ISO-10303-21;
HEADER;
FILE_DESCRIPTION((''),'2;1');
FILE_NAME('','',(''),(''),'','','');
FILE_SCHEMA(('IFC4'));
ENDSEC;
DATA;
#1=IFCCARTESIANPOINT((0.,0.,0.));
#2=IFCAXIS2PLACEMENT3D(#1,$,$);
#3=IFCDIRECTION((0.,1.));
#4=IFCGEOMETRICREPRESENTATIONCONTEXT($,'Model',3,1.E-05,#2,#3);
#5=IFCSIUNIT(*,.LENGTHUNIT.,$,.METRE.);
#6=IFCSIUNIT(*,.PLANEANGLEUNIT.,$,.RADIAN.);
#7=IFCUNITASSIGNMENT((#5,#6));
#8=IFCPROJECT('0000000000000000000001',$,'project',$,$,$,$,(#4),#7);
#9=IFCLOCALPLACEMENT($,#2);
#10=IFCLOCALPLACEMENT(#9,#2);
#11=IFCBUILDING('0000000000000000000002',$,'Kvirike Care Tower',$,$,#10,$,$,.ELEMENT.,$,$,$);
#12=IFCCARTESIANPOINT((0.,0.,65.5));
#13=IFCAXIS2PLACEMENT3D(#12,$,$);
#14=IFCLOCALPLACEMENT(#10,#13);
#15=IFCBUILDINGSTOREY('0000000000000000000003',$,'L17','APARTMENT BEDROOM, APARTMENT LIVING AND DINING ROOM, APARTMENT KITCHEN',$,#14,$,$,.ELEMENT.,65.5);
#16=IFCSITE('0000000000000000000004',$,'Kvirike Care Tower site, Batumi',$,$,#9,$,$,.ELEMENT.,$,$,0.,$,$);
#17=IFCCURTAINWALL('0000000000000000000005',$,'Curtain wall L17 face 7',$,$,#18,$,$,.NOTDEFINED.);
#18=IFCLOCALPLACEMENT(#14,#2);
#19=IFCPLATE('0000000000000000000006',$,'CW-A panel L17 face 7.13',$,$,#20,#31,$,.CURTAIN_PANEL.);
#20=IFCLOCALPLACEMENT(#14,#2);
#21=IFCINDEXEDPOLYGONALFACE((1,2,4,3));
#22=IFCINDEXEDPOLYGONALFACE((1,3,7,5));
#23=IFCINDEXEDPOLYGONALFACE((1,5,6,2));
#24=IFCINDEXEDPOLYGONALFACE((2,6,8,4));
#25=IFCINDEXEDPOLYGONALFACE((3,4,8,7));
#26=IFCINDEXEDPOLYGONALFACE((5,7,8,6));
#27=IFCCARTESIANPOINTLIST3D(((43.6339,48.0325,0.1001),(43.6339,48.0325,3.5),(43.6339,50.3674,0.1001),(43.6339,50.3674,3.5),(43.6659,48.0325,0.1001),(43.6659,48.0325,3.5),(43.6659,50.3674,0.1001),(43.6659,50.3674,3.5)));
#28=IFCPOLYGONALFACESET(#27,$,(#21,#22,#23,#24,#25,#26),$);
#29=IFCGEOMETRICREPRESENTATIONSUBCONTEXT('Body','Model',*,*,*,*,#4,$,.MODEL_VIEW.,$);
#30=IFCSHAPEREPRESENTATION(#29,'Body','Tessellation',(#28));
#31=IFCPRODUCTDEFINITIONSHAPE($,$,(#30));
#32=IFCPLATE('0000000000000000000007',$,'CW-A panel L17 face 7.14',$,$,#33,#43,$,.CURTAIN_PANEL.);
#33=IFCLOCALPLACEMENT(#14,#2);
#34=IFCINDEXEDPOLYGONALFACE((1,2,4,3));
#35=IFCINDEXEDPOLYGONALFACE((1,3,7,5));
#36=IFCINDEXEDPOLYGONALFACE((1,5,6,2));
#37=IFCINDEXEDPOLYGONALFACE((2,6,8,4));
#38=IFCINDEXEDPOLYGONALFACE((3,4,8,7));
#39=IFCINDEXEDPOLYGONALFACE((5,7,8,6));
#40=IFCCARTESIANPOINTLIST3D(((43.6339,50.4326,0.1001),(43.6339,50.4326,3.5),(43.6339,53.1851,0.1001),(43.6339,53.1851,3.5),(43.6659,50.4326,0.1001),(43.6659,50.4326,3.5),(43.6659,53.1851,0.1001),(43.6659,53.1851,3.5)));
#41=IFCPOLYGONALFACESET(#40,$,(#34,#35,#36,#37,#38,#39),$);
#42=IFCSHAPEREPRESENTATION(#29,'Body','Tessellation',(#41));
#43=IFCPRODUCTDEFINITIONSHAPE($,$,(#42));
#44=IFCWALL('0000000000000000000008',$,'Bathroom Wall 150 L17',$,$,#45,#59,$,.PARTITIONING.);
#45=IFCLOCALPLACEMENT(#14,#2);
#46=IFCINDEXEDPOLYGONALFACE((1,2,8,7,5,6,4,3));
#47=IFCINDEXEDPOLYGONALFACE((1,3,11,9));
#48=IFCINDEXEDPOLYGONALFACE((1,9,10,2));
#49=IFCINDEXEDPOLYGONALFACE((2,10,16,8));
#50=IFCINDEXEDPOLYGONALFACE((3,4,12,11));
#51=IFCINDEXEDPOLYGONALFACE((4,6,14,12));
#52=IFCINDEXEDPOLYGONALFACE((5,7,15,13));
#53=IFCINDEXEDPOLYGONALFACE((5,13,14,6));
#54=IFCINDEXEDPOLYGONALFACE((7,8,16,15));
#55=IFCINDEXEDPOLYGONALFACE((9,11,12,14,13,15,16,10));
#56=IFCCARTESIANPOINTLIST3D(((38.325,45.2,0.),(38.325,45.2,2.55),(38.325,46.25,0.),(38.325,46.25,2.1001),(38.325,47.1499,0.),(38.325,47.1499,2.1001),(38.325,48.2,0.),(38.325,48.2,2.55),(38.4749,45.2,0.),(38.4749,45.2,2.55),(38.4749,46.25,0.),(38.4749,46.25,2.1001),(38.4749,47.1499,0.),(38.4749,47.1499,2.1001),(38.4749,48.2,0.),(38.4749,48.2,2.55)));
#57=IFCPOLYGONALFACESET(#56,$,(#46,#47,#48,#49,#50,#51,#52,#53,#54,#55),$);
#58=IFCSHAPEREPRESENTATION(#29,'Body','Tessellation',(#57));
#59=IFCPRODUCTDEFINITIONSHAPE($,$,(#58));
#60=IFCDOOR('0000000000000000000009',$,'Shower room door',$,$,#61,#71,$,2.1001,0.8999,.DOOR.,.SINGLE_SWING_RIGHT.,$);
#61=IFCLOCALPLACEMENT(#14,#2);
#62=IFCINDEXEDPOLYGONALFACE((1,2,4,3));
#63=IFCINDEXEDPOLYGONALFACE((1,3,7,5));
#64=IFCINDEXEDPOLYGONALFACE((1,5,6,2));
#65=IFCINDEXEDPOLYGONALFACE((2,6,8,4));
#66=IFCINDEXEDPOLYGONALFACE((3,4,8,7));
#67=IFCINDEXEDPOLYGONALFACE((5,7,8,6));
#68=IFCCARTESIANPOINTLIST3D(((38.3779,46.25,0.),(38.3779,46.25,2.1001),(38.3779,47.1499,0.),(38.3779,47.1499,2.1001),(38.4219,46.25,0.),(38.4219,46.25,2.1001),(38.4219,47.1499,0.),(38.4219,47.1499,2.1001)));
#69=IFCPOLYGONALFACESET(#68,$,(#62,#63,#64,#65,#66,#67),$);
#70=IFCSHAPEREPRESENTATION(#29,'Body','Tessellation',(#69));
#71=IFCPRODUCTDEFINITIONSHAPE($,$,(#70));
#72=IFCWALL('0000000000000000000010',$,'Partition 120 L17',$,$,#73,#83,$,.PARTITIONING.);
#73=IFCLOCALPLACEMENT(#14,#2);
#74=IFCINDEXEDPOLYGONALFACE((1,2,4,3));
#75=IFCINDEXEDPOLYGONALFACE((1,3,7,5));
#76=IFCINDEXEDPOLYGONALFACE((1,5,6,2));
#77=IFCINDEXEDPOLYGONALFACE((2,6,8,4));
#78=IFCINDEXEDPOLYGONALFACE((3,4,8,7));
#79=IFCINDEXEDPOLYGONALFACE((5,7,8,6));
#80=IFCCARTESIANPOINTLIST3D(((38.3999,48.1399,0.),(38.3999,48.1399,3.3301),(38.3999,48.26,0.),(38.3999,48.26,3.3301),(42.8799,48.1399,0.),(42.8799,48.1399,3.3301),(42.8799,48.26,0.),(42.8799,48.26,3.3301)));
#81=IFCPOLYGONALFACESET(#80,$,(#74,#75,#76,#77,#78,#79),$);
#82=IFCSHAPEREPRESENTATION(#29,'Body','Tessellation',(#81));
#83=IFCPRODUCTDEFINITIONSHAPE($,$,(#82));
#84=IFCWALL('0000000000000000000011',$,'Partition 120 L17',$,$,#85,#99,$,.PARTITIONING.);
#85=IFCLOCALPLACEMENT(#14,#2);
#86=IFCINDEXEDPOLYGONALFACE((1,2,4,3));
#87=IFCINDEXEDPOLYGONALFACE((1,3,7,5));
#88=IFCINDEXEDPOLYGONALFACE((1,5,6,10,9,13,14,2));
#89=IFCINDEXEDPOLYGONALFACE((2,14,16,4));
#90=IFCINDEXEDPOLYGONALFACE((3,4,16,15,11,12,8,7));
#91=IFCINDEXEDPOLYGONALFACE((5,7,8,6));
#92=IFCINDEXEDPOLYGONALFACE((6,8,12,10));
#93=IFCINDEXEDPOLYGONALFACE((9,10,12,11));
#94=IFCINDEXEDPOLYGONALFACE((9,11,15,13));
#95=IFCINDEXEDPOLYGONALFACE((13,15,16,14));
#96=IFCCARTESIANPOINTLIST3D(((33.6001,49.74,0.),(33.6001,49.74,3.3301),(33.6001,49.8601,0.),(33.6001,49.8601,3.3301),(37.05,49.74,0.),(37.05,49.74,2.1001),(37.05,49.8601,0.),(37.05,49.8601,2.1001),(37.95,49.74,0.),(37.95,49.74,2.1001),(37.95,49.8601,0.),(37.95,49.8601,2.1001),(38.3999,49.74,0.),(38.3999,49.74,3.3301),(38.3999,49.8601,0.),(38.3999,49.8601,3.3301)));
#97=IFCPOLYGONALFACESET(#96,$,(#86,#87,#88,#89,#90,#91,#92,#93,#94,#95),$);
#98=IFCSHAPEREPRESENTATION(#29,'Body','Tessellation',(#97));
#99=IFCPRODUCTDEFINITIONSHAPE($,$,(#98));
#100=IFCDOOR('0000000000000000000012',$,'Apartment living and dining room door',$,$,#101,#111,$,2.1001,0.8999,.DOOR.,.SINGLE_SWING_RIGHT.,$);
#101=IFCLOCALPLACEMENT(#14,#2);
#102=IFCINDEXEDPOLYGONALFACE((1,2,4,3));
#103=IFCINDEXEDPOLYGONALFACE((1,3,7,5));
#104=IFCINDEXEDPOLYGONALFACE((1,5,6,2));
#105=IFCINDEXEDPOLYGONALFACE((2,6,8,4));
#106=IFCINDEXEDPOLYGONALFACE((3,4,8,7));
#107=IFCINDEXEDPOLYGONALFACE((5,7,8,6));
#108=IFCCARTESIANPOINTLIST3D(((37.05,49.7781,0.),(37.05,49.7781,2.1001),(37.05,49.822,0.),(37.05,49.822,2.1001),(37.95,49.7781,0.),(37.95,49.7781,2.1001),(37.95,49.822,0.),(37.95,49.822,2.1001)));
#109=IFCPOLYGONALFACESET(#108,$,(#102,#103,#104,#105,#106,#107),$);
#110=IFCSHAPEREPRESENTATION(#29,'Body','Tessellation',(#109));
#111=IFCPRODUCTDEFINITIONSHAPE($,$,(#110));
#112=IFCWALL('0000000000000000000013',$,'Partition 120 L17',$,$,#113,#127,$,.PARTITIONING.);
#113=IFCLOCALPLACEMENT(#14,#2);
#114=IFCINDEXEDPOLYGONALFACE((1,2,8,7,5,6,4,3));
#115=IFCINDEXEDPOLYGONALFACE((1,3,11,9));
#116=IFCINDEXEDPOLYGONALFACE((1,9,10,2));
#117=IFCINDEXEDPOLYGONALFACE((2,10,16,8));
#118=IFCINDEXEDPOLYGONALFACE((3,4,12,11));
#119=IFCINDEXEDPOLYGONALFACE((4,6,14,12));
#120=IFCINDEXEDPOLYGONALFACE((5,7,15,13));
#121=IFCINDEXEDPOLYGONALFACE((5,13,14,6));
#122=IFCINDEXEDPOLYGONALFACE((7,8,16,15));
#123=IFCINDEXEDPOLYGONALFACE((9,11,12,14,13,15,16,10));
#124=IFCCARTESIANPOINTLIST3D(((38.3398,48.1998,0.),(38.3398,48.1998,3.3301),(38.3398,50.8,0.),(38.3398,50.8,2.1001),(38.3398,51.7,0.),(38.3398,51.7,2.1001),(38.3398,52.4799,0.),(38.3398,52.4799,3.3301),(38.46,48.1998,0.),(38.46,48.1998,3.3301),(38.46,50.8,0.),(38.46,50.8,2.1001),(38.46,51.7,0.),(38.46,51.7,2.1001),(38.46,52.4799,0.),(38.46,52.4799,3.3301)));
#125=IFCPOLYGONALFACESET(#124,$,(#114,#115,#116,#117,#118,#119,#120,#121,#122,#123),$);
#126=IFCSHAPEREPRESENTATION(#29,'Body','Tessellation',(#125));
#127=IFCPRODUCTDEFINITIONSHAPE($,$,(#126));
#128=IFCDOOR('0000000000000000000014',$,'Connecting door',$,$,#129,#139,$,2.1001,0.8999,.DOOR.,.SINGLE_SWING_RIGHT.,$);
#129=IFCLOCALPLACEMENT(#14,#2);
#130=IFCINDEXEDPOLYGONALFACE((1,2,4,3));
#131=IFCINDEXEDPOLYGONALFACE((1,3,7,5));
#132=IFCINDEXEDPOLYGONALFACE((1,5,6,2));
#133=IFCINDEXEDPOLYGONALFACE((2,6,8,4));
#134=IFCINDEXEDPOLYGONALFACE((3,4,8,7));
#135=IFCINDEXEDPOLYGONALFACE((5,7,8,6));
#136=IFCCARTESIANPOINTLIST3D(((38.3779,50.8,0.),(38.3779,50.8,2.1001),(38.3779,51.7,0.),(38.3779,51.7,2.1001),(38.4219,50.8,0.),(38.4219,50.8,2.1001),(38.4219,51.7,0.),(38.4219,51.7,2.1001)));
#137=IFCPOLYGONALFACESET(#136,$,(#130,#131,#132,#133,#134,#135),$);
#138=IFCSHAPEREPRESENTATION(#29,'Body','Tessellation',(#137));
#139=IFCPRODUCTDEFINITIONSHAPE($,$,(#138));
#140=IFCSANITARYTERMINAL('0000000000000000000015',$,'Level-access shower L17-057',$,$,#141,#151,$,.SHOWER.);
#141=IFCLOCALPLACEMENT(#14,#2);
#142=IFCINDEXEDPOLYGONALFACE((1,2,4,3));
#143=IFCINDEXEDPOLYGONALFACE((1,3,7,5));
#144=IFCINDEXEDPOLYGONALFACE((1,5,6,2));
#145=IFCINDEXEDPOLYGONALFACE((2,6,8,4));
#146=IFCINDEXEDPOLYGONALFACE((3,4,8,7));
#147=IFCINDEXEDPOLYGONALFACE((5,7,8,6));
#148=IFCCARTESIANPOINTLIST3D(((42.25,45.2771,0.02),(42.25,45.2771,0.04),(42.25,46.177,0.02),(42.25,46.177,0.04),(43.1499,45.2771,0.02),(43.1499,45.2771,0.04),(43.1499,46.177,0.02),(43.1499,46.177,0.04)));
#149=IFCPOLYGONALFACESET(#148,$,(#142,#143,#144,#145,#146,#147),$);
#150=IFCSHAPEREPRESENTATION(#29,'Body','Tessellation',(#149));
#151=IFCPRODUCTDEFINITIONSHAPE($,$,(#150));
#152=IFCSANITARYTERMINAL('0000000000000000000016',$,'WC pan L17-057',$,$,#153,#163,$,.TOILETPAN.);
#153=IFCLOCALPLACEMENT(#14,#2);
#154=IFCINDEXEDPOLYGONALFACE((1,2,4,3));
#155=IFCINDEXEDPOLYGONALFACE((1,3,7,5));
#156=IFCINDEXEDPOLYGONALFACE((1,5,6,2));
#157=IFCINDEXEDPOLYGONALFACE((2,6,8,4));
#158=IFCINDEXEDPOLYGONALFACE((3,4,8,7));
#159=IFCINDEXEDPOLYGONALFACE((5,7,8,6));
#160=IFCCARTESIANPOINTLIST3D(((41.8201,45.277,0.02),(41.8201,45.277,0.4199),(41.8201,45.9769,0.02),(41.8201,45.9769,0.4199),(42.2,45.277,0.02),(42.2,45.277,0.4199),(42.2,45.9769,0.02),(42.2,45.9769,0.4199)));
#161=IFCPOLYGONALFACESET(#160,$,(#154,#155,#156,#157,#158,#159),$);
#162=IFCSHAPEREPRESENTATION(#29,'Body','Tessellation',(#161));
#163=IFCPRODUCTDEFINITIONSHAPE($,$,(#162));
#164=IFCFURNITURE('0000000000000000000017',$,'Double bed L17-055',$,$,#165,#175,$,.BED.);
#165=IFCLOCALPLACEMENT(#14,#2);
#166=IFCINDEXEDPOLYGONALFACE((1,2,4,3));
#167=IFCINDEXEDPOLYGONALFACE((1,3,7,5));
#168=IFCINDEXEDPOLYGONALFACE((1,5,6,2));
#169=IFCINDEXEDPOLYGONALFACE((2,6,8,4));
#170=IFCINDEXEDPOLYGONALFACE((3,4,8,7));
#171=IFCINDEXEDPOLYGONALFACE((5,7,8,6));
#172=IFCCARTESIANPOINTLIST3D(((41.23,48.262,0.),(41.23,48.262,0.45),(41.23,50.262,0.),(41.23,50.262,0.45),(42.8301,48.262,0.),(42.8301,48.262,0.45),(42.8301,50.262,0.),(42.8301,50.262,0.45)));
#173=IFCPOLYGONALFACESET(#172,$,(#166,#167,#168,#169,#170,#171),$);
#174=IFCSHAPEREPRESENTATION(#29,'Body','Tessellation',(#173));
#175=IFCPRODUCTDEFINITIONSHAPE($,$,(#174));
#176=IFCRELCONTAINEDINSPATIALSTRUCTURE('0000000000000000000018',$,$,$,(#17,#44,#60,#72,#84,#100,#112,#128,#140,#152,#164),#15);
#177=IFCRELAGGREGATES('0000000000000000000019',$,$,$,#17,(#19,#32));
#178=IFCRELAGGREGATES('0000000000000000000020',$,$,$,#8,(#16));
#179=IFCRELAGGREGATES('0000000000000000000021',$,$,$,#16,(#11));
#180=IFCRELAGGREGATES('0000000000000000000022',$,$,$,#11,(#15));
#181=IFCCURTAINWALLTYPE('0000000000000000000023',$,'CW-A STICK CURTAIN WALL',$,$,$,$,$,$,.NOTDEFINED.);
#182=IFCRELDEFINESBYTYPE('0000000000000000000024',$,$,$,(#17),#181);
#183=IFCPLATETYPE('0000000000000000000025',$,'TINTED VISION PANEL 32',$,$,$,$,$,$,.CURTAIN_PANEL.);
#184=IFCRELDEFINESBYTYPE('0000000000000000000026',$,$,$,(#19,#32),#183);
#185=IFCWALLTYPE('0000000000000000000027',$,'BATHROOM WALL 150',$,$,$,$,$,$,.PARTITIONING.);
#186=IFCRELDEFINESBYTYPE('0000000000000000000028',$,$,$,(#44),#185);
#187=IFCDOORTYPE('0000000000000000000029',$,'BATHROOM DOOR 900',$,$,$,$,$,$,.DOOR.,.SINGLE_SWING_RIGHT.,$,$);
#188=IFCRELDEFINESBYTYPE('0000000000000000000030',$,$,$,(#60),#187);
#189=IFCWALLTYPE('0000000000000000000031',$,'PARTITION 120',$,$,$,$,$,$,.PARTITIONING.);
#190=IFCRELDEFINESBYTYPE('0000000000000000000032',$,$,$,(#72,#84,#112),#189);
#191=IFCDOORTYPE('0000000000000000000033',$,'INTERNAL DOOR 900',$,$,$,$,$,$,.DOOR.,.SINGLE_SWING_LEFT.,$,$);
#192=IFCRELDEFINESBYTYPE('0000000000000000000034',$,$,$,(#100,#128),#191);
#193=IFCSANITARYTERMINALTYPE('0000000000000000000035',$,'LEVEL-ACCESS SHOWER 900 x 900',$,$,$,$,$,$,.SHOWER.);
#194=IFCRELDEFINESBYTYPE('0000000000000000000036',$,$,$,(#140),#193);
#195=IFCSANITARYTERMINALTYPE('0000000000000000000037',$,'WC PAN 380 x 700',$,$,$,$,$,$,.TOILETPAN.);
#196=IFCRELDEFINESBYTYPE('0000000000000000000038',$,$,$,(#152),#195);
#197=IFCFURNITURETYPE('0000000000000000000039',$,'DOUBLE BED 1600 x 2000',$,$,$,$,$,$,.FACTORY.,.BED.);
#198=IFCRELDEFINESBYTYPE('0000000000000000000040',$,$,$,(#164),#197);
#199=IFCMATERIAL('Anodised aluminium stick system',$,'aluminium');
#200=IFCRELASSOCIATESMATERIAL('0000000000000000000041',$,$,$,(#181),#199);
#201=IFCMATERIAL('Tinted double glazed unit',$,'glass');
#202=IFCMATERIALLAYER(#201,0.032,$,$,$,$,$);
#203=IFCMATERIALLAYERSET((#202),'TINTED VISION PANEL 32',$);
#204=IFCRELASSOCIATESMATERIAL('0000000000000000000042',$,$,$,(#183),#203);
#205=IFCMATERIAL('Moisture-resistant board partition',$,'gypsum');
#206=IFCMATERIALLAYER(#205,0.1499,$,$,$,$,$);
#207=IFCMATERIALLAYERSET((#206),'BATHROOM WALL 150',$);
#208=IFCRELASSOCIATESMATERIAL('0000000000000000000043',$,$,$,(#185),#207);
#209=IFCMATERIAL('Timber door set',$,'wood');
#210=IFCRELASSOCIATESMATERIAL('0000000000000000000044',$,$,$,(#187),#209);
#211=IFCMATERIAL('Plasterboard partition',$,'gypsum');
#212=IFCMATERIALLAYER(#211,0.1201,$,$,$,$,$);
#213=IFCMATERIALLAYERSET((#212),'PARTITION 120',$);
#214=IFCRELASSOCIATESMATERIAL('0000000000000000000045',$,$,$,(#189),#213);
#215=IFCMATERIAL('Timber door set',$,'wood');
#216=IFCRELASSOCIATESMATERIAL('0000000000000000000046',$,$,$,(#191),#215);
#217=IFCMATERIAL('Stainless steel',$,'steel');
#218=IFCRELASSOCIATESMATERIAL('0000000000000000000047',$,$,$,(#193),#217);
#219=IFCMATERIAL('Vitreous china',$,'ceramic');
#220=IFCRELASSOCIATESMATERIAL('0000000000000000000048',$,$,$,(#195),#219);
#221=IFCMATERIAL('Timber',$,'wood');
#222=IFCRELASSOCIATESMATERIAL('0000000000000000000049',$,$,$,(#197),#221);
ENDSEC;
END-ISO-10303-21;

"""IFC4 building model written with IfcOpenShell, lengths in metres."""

from ifc_helpers import new_model, si_unit, direction, frame, frame_2d, origin, origin_2d, place, context, subcontext, project, spatial, rectangle, extrude, material, layer, layer_set, type_object, element, fill, aggregate, save


model = new_model("IFC4")

# Units and contexts
model_context = context("Model", 3, precision=1e-05, world=origin(), true_north=direction((0.0, 1.0)))
body_context = subcontext(model_context, "Body", "Model", "MODEL_VIEW")
ifc_project = project(units=[si_unit("LENGTHUNIT", "METRE"), si_unit("PLANEANGLEUNIT", "RADIAN")], contexts=[model_context])

# Site, building, storey
site_placement = place(None, origin())
site = spatial("IfcSite", under=ifc_project, at=site_placement, Name="Kvirike Care Tower site, Batumi", CompositionType="ELEMENT", RefElevation=0.0)
building_placement = place(site_placement, origin())
building = spatial("IfcBuilding", under=site, at=building_placement, Name="Kvirike Care Tower", CompositionType="ELEMENT")
storey_placement = place(building_placement, frame((0.0, 0.0, 65.5)))
storey = spatial("IfcBuildingStorey", under=building, at=storey_placement, Name="L17", Description="APARTMENT BEDROOM, APARTMENT LIVING AND DINING ROOM, APARTMENT KITCHEN", CompositionType="ELEMENT", Elevation=65.5)

# Curtain wall
ifc_material_1 = material(Name="Anodised aluminium stick system", Category="aluminium")
curtain_wall_type = type_object("IfcCurtainWallType", Name="CW-A STICK CURTAIN WALL", PredefinedType="NOTDEFINED", material=ifc_material_1)
curtain_wall_placement = place(storey_placement, origin())
curtain_wall = element("IfcCurtainWall", 1, at=curtain_wall_placement, inside=storey, type_object=curtain_wall_type, Name="Curtain wall L17 face 7", PredefinedType="NOTDEFINED")

# Plates
ifc_material_2 = material(Name="Tinted double glazed unit", Category="glass")
ifc_layer_1 = layer(ifc_material_2, 0.032)
ifc_layer_set_1 = layer_set([ifc_layer_1], Name="TINTED VISION PANEL 32")
plate_type = type_object("IfcPlateType", Name="TINTED VISION PANEL 32", PredefinedType="CURTAIN_PANEL", material=ifc_layer_set_1)
plate_1_placement = place(storey_placement, frame((43.6499, 49.2, 0.1001), z_axis=(0.0, 0.0, 1.0), x_axis=(0.0, 1.0, 0.0)))
plate_1 = element("IfcPlate", 2, at=plate_1_placement, type_object=plate_type, Name="CW-A panel L17 face 7.13", PredefinedType="CURTAIN_PANEL", context=body_context, shape_type="SweptSolid", body=[
    extrude(rectangle(XDim=2.335, YDim=0.032, at=origin_2d()), origin(), (0.0, 0.0, 1.0), 3.3999),
])
plate_2_placement = place(storey_placement, frame((43.6499, 51.8088, 0.1001), z_axis=(0.0, 0.0, 1.0), x_axis=(0.0, 1.0, 0.0)))
plate_2 = element("IfcPlate", 3, at=plate_2_placement, type_object=plate_type, Name="CW-A panel L17 face 7.14", PredefinedType="CURTAIN_PANEL", context=body_context, shape_type="SweptSolid", body=[
    extrude(rectangle(XDim=2.7524, YDim=0.032, at=origin_2d()), origin(), (0.0, 0.0, 1.0), 3.3999),
])
aggregate(curtain_wall, [plate_1, plate_2])

# Wall, opening, door
ifc_material_3 = material(Name="Moisture-resistant board partition", Category="gypsum")
ifc_layer_2 = layer(ifc_material_3, 0.1499)
ifc_layer_set_2 = layer_set([ifc_layer_2], Name="BATHROOM WALL 150")
wall_type_1 = type_object("IfcWallType", Name="BATHROOM WALL 150", PredefinedType="PARTITIONING", material=ifc_layer_set_2)
wall_1_placement = place(storey_placement, frame((38.3999, 48.2, 0.0), z_axis=(0.0, 0.0, 1.0), x_axis=(0.0, -1.0, 0.0)))
wall_1 = element("IfcWall", 4, at=wall_1_placement, inside=storey, type_object=wall_type_1, Name="Bathroom Wall 150 L17", PredefinedType="PARTITIONING", context=body_context, shape_type="SweptSolid", body=[
    extrude(rectangle(XDim=3.0, YDim=0.1499, at=frame_2d((1.5, 0.0))), origin(), (0.0, 0.0, 1.0), 2.55),
])
opening_1_placement = place(wall_1_placement, frame((1.05, 0.0, 0.0)))
opening_1 = element("IfcOpeningElement", 5, at=opening_1_placement, cuts=wall_1, PredefinedType="OPENING", context=body_context, shape_type="SweptSolid", body=[
    extrude(rectangle(XDim=0.8999, YDim=2.1001, at=frame_2d((0.45, 1.05))), frame((0.0, 0.0854, 0.0), z_axis=(0.0, -1.0, 0.0), x_axis=(1.0, 0.0, 0.0)), (0.0, 0.0, 1.0), 0.1709),
])
ifc_material_4 = material(Name="Timber door set", Category="wood")
door_type_1 = type_object("IfcDoorType", Name="BATHROOM DOOR 900", OperationType="SINGLE_SWING_RIGHT", PredefinedType="DOOR", material=ifc_material_4)
door_1_placement = place(opening_1_placement, origin())
door_1 = element("IfcDoor", 6, at=door_1_placement, inside=storey, type_object=door_type_1, Name="Shower room door", OperationType="SINGLE_SWING_RIGHT", OverallHeight=2.1001, OverallWidth=0.8999, PredefinedType="DOOR", context=body_context, shape_type="SweptSolid", body=[
    extrude(rectangle(XDim=0.8999, YDim=2.1001, at=frame_2d((0.45, 1.05))), frame((0.0, 0.022, 0.0), z_axis=(0.0, -1.0, 0.0), x_axis=(1.0, 0.0, 0.0)), (0.0, 0.0, 1.0), 0.0439),
])
fill(opening_1, door_1)

# Wall
ifc_material_5 = material(Name="Plasterboard partition", Category="gypsum")
ifc_layer_3 = layer(ifc_material_5, 0.1201)
ifc_layer_set_3 = layer_set([ifc_layer_3], Name="PARTITION 120")
wall_type_2 = type_object("IfcWallType", Name="PARTITION 120", PredefinedType="PARTITIONING", material=ifc_layer_set_3)
wall_2_placement = place(storey_placement, frame((42.8799, 48.2, 0.0), z_axis=(0.0, 0.0, 1.0), x_axis=(-1.0, 0.0, 0.0)))
element("IfcWall", 7, at=wall_2_placement, inside=storey, type_object=wall_type_2, Name="Partition 120 L17", PredefinedType="PARTITIONING", context=body_context, shape_type="SweptSolid", body=[
    extrude(rectangle(XDim=4.48, YDim=0.1201, at=frame_2d((2.24, 0.0))), origin(), (0.0, 0.0, 1.0), 3.3301),
])

# Walls, openings, doors
wall_3_placement = place(storey_placement, frame((38.3999, 49.8, 0.0), z_axis=(0.0, 0.0, 1.0), x_axis=(-1.0, 0.0, 0.0)))
wall_3 = element("IfcWall", 8, at=wall_3_placement, inside=storey, type_object=wall_type_2, Name="Partition 120 L17", PredefinedType="PARTITIONING", context=body_context, shape_type="SweptSolid", body=[
    extrude(rectangle(XDim=4.7998, YDim=0.1201, at=frame_2d((2.3999, 0.0))), origin(), (0.0, 0.0, 1.0), 3.3301),
])
opening_2_placement = place(wall_3_placement, frame((0.45, 0.0, 0.0)))
opening_2 = element("IfcOpeningElement", 9, at=opening_2_placement, cuts=wall_3, PredefinedType="OPENING", context=body_context, shape_type="SweptSolid", body=[
    extrude(rectangle(XDim=0.8999, YDim=2.1001, at=frame_2d((0.45, 1.05))), frame((0.0, 0.0706, 0.0), z_axis=(0.0, -1.0, 0.0), x_axis=(1.0, 0.0, 0.0)), (0.0, 0.0, 1.0), 0.1411),
])
ifc_material_6 = material(Name="Timber door set", Category="wood")
door_type_2 = type_object("IfcDoorType", Name="INTERNAL DOOR 900", OperationType="SINGLE_SWING_LEFT", PredefinedType="DOOR", material=ifc_material_6)
door_2_placement = place(opening_2_placement, origin())
door_2 = element("IfcDoor", 10, at=door_2_placement, inside=storey, type_object=door_type_2, Name="Apartment living and dining room door", OperationType="SINGLE_SWING_RIGHT", OverallHeight=2.1001, OverallWidth=0.8999, PredefinedType="DOOR", context=body_context, shape_type="SweptSolid", body=[
    extrude(rectangle(XDim=0.8999, YDim=2.1001, at=frame_2d((0.45, 1.05))), frame((0.0, 0.022, 0.0), z_axis=(0.0, -1.0, 0.0), x_axis=(1.0, 0.0, 0.0)), (0.0, 0.0, 1.0), 0.0439),
])
fill(opening_2, door_2)
wall_4_placement = place(storey_placement, frame((38.3999, 52.48, 0.0), z_axis=(0.0, 0.0, 1.0), x_axis=(0.0, -1.0, 0.0)))
wall_4 = element("IfcWall", 11, at=wall_4_placement, inside=storey, type_object=wall_type_2, Name="Partition 120 L17", PredefinedType="PARTITIONING", context=body_context, shape_type="SweptSolid", body=[
    extrude(rectangle(XDim=4.28, YDim=0.1201, at=frame_2d((2.1401, 0.0))), origin(), (0.0, 0.0, 1.0), 3.3301),
])
opening_3_placement = place(wall_4_placement, frame((0.78, 0.0, 0.0)))
opening_3 = element("IfcOpeningElement", 12, at=opening_3_placement, cuts=wall_4, PredefinedType="OPENING", context=body_context, shape_type="SweptSolid", body=[
    extrude(rectangle(XDim=0.8999, YDim=2.1001, at=frame_2d((0.45, 1.05))), frame((0.0, 0.0706, 0.0), z_axis=(0.0, -1.0, 0.0), x_axis=(1.0, 0.0, 0.0)), (0.0, 0.0, 1.0), 0.1411),
])
door_3_placement = place(opening_3_placement, origin())
door_3 = element("IfcDoor", 13, at=door_3_placement, inside=storey, type_object=door_type_2, Name="Connecting door", OperationType="SINGLE_SWING_RIGHT", OverallHeight=2.1001, OverallWidth=0.8999, PredefinedType="DOOR", context=body_context, shape_type="SweptSolid", body=[
    extrude(rectangle(XDim=0.8999, YDim=2.1001, at=frame_2d((0.45, 1.05))), frame((0.0, 0.022, 0.0), z_axis=(0.0, -1.0, 0.0), x_axis=(1.0, 0.0, 0.0)), (0.0, 0.0, 1.0), 0.0439),
])
fill(opening_3, door_3)

# Sanitary terminals
ifc_material_7 = material(Name="Stainless steel", Category="steel")
sanitary_terminal_type_1 = type_object("IfcSanitaryTerminalType", Name="LEVEL-ACCESS SHOWER 900 x 900", PredefinedType="SHOWER", material=ifc_material_7)
sanitary_terminal_1_placement = place(storey_placement, frame((42.7, 45.7271, 0.02), z_axis=(0.0, 0.0, 1.0), x_axis=(-1.0, 0.0, 0.0)))
element("IfcSanitaryTerminal", 14, at=sanitary_terminal_1_placement, inside=storey, type_object=sanitary_terminal_type_1, Name="Level-access shower L17-057", PredefinedType="SHOWER", context=body_context, shape_type="SweptSolid", body=[
    extrude(rectangle(XDim=0.8999, YDim=0.8999, at=origin_2d()), origin(), (0.0, 0.0, 1.0), 0.02),
])
ifc_material_8 = material(Name="Vitreous china", Category="ceramic")
sanitary_terminal_type_2 = type_object("IfcSanitaryTerminalType", Name="WC PAN 380 x 700", PredefinedType="TOILETPAN", material=ifc_material_8)
sanitary_terminal_2_placement = place(storey_placement, frame((42.01, 45.627, 0.02), z_axis=(0.0, 0.0, 1.0), x_axis=(-1.0, 0.0, 0.0)))
element("IfcSanitaryTerminal", 15, at=sanitary_terminal_2_placement, inside=storey, type_object=sanitary_terminal_type_2, Name="WC pan L17-057", PredefinedType="TOILETPAN", context=body_context, shape_type="SweptSolid", body=[
    extrude(rectangle(XDim=0.3799, YDim=0.7, at=origin_2d()), origin(), (0.0, 0.0, 1.0), 0.3999),
])

# Furniture
ifc_material_9 = material(Name="Timber", Category="wood")
furniture_type = type_object("IfcFurnitureType", Name="DOUBLE BED 1600 x 2000", AssemblyPlace="FACTORY", PredefinedType="BED", material=ifc_material_9)
furniture_placement = place(storey_placement, frame((42.03, 49.262, 0.0), z_axis=(0.0, 0.0, 1.0), x_axis=(-1.0, 0.0, 0.0)))
element("IfcFurniture", 16, at=furniture_placement, inside=storey, type_object=furniture_type, Name="Double bed L17-055", PredefinedType="BED", context=body_context, shape_type="SweptSolid", body=[
    extrude(rectangle(XDim=1.6001, YDim=2.0, at=origin_2d()), origin(), (0.0, 0.0, 1.0), 0.45),
])

save(model, "model.ifc")
